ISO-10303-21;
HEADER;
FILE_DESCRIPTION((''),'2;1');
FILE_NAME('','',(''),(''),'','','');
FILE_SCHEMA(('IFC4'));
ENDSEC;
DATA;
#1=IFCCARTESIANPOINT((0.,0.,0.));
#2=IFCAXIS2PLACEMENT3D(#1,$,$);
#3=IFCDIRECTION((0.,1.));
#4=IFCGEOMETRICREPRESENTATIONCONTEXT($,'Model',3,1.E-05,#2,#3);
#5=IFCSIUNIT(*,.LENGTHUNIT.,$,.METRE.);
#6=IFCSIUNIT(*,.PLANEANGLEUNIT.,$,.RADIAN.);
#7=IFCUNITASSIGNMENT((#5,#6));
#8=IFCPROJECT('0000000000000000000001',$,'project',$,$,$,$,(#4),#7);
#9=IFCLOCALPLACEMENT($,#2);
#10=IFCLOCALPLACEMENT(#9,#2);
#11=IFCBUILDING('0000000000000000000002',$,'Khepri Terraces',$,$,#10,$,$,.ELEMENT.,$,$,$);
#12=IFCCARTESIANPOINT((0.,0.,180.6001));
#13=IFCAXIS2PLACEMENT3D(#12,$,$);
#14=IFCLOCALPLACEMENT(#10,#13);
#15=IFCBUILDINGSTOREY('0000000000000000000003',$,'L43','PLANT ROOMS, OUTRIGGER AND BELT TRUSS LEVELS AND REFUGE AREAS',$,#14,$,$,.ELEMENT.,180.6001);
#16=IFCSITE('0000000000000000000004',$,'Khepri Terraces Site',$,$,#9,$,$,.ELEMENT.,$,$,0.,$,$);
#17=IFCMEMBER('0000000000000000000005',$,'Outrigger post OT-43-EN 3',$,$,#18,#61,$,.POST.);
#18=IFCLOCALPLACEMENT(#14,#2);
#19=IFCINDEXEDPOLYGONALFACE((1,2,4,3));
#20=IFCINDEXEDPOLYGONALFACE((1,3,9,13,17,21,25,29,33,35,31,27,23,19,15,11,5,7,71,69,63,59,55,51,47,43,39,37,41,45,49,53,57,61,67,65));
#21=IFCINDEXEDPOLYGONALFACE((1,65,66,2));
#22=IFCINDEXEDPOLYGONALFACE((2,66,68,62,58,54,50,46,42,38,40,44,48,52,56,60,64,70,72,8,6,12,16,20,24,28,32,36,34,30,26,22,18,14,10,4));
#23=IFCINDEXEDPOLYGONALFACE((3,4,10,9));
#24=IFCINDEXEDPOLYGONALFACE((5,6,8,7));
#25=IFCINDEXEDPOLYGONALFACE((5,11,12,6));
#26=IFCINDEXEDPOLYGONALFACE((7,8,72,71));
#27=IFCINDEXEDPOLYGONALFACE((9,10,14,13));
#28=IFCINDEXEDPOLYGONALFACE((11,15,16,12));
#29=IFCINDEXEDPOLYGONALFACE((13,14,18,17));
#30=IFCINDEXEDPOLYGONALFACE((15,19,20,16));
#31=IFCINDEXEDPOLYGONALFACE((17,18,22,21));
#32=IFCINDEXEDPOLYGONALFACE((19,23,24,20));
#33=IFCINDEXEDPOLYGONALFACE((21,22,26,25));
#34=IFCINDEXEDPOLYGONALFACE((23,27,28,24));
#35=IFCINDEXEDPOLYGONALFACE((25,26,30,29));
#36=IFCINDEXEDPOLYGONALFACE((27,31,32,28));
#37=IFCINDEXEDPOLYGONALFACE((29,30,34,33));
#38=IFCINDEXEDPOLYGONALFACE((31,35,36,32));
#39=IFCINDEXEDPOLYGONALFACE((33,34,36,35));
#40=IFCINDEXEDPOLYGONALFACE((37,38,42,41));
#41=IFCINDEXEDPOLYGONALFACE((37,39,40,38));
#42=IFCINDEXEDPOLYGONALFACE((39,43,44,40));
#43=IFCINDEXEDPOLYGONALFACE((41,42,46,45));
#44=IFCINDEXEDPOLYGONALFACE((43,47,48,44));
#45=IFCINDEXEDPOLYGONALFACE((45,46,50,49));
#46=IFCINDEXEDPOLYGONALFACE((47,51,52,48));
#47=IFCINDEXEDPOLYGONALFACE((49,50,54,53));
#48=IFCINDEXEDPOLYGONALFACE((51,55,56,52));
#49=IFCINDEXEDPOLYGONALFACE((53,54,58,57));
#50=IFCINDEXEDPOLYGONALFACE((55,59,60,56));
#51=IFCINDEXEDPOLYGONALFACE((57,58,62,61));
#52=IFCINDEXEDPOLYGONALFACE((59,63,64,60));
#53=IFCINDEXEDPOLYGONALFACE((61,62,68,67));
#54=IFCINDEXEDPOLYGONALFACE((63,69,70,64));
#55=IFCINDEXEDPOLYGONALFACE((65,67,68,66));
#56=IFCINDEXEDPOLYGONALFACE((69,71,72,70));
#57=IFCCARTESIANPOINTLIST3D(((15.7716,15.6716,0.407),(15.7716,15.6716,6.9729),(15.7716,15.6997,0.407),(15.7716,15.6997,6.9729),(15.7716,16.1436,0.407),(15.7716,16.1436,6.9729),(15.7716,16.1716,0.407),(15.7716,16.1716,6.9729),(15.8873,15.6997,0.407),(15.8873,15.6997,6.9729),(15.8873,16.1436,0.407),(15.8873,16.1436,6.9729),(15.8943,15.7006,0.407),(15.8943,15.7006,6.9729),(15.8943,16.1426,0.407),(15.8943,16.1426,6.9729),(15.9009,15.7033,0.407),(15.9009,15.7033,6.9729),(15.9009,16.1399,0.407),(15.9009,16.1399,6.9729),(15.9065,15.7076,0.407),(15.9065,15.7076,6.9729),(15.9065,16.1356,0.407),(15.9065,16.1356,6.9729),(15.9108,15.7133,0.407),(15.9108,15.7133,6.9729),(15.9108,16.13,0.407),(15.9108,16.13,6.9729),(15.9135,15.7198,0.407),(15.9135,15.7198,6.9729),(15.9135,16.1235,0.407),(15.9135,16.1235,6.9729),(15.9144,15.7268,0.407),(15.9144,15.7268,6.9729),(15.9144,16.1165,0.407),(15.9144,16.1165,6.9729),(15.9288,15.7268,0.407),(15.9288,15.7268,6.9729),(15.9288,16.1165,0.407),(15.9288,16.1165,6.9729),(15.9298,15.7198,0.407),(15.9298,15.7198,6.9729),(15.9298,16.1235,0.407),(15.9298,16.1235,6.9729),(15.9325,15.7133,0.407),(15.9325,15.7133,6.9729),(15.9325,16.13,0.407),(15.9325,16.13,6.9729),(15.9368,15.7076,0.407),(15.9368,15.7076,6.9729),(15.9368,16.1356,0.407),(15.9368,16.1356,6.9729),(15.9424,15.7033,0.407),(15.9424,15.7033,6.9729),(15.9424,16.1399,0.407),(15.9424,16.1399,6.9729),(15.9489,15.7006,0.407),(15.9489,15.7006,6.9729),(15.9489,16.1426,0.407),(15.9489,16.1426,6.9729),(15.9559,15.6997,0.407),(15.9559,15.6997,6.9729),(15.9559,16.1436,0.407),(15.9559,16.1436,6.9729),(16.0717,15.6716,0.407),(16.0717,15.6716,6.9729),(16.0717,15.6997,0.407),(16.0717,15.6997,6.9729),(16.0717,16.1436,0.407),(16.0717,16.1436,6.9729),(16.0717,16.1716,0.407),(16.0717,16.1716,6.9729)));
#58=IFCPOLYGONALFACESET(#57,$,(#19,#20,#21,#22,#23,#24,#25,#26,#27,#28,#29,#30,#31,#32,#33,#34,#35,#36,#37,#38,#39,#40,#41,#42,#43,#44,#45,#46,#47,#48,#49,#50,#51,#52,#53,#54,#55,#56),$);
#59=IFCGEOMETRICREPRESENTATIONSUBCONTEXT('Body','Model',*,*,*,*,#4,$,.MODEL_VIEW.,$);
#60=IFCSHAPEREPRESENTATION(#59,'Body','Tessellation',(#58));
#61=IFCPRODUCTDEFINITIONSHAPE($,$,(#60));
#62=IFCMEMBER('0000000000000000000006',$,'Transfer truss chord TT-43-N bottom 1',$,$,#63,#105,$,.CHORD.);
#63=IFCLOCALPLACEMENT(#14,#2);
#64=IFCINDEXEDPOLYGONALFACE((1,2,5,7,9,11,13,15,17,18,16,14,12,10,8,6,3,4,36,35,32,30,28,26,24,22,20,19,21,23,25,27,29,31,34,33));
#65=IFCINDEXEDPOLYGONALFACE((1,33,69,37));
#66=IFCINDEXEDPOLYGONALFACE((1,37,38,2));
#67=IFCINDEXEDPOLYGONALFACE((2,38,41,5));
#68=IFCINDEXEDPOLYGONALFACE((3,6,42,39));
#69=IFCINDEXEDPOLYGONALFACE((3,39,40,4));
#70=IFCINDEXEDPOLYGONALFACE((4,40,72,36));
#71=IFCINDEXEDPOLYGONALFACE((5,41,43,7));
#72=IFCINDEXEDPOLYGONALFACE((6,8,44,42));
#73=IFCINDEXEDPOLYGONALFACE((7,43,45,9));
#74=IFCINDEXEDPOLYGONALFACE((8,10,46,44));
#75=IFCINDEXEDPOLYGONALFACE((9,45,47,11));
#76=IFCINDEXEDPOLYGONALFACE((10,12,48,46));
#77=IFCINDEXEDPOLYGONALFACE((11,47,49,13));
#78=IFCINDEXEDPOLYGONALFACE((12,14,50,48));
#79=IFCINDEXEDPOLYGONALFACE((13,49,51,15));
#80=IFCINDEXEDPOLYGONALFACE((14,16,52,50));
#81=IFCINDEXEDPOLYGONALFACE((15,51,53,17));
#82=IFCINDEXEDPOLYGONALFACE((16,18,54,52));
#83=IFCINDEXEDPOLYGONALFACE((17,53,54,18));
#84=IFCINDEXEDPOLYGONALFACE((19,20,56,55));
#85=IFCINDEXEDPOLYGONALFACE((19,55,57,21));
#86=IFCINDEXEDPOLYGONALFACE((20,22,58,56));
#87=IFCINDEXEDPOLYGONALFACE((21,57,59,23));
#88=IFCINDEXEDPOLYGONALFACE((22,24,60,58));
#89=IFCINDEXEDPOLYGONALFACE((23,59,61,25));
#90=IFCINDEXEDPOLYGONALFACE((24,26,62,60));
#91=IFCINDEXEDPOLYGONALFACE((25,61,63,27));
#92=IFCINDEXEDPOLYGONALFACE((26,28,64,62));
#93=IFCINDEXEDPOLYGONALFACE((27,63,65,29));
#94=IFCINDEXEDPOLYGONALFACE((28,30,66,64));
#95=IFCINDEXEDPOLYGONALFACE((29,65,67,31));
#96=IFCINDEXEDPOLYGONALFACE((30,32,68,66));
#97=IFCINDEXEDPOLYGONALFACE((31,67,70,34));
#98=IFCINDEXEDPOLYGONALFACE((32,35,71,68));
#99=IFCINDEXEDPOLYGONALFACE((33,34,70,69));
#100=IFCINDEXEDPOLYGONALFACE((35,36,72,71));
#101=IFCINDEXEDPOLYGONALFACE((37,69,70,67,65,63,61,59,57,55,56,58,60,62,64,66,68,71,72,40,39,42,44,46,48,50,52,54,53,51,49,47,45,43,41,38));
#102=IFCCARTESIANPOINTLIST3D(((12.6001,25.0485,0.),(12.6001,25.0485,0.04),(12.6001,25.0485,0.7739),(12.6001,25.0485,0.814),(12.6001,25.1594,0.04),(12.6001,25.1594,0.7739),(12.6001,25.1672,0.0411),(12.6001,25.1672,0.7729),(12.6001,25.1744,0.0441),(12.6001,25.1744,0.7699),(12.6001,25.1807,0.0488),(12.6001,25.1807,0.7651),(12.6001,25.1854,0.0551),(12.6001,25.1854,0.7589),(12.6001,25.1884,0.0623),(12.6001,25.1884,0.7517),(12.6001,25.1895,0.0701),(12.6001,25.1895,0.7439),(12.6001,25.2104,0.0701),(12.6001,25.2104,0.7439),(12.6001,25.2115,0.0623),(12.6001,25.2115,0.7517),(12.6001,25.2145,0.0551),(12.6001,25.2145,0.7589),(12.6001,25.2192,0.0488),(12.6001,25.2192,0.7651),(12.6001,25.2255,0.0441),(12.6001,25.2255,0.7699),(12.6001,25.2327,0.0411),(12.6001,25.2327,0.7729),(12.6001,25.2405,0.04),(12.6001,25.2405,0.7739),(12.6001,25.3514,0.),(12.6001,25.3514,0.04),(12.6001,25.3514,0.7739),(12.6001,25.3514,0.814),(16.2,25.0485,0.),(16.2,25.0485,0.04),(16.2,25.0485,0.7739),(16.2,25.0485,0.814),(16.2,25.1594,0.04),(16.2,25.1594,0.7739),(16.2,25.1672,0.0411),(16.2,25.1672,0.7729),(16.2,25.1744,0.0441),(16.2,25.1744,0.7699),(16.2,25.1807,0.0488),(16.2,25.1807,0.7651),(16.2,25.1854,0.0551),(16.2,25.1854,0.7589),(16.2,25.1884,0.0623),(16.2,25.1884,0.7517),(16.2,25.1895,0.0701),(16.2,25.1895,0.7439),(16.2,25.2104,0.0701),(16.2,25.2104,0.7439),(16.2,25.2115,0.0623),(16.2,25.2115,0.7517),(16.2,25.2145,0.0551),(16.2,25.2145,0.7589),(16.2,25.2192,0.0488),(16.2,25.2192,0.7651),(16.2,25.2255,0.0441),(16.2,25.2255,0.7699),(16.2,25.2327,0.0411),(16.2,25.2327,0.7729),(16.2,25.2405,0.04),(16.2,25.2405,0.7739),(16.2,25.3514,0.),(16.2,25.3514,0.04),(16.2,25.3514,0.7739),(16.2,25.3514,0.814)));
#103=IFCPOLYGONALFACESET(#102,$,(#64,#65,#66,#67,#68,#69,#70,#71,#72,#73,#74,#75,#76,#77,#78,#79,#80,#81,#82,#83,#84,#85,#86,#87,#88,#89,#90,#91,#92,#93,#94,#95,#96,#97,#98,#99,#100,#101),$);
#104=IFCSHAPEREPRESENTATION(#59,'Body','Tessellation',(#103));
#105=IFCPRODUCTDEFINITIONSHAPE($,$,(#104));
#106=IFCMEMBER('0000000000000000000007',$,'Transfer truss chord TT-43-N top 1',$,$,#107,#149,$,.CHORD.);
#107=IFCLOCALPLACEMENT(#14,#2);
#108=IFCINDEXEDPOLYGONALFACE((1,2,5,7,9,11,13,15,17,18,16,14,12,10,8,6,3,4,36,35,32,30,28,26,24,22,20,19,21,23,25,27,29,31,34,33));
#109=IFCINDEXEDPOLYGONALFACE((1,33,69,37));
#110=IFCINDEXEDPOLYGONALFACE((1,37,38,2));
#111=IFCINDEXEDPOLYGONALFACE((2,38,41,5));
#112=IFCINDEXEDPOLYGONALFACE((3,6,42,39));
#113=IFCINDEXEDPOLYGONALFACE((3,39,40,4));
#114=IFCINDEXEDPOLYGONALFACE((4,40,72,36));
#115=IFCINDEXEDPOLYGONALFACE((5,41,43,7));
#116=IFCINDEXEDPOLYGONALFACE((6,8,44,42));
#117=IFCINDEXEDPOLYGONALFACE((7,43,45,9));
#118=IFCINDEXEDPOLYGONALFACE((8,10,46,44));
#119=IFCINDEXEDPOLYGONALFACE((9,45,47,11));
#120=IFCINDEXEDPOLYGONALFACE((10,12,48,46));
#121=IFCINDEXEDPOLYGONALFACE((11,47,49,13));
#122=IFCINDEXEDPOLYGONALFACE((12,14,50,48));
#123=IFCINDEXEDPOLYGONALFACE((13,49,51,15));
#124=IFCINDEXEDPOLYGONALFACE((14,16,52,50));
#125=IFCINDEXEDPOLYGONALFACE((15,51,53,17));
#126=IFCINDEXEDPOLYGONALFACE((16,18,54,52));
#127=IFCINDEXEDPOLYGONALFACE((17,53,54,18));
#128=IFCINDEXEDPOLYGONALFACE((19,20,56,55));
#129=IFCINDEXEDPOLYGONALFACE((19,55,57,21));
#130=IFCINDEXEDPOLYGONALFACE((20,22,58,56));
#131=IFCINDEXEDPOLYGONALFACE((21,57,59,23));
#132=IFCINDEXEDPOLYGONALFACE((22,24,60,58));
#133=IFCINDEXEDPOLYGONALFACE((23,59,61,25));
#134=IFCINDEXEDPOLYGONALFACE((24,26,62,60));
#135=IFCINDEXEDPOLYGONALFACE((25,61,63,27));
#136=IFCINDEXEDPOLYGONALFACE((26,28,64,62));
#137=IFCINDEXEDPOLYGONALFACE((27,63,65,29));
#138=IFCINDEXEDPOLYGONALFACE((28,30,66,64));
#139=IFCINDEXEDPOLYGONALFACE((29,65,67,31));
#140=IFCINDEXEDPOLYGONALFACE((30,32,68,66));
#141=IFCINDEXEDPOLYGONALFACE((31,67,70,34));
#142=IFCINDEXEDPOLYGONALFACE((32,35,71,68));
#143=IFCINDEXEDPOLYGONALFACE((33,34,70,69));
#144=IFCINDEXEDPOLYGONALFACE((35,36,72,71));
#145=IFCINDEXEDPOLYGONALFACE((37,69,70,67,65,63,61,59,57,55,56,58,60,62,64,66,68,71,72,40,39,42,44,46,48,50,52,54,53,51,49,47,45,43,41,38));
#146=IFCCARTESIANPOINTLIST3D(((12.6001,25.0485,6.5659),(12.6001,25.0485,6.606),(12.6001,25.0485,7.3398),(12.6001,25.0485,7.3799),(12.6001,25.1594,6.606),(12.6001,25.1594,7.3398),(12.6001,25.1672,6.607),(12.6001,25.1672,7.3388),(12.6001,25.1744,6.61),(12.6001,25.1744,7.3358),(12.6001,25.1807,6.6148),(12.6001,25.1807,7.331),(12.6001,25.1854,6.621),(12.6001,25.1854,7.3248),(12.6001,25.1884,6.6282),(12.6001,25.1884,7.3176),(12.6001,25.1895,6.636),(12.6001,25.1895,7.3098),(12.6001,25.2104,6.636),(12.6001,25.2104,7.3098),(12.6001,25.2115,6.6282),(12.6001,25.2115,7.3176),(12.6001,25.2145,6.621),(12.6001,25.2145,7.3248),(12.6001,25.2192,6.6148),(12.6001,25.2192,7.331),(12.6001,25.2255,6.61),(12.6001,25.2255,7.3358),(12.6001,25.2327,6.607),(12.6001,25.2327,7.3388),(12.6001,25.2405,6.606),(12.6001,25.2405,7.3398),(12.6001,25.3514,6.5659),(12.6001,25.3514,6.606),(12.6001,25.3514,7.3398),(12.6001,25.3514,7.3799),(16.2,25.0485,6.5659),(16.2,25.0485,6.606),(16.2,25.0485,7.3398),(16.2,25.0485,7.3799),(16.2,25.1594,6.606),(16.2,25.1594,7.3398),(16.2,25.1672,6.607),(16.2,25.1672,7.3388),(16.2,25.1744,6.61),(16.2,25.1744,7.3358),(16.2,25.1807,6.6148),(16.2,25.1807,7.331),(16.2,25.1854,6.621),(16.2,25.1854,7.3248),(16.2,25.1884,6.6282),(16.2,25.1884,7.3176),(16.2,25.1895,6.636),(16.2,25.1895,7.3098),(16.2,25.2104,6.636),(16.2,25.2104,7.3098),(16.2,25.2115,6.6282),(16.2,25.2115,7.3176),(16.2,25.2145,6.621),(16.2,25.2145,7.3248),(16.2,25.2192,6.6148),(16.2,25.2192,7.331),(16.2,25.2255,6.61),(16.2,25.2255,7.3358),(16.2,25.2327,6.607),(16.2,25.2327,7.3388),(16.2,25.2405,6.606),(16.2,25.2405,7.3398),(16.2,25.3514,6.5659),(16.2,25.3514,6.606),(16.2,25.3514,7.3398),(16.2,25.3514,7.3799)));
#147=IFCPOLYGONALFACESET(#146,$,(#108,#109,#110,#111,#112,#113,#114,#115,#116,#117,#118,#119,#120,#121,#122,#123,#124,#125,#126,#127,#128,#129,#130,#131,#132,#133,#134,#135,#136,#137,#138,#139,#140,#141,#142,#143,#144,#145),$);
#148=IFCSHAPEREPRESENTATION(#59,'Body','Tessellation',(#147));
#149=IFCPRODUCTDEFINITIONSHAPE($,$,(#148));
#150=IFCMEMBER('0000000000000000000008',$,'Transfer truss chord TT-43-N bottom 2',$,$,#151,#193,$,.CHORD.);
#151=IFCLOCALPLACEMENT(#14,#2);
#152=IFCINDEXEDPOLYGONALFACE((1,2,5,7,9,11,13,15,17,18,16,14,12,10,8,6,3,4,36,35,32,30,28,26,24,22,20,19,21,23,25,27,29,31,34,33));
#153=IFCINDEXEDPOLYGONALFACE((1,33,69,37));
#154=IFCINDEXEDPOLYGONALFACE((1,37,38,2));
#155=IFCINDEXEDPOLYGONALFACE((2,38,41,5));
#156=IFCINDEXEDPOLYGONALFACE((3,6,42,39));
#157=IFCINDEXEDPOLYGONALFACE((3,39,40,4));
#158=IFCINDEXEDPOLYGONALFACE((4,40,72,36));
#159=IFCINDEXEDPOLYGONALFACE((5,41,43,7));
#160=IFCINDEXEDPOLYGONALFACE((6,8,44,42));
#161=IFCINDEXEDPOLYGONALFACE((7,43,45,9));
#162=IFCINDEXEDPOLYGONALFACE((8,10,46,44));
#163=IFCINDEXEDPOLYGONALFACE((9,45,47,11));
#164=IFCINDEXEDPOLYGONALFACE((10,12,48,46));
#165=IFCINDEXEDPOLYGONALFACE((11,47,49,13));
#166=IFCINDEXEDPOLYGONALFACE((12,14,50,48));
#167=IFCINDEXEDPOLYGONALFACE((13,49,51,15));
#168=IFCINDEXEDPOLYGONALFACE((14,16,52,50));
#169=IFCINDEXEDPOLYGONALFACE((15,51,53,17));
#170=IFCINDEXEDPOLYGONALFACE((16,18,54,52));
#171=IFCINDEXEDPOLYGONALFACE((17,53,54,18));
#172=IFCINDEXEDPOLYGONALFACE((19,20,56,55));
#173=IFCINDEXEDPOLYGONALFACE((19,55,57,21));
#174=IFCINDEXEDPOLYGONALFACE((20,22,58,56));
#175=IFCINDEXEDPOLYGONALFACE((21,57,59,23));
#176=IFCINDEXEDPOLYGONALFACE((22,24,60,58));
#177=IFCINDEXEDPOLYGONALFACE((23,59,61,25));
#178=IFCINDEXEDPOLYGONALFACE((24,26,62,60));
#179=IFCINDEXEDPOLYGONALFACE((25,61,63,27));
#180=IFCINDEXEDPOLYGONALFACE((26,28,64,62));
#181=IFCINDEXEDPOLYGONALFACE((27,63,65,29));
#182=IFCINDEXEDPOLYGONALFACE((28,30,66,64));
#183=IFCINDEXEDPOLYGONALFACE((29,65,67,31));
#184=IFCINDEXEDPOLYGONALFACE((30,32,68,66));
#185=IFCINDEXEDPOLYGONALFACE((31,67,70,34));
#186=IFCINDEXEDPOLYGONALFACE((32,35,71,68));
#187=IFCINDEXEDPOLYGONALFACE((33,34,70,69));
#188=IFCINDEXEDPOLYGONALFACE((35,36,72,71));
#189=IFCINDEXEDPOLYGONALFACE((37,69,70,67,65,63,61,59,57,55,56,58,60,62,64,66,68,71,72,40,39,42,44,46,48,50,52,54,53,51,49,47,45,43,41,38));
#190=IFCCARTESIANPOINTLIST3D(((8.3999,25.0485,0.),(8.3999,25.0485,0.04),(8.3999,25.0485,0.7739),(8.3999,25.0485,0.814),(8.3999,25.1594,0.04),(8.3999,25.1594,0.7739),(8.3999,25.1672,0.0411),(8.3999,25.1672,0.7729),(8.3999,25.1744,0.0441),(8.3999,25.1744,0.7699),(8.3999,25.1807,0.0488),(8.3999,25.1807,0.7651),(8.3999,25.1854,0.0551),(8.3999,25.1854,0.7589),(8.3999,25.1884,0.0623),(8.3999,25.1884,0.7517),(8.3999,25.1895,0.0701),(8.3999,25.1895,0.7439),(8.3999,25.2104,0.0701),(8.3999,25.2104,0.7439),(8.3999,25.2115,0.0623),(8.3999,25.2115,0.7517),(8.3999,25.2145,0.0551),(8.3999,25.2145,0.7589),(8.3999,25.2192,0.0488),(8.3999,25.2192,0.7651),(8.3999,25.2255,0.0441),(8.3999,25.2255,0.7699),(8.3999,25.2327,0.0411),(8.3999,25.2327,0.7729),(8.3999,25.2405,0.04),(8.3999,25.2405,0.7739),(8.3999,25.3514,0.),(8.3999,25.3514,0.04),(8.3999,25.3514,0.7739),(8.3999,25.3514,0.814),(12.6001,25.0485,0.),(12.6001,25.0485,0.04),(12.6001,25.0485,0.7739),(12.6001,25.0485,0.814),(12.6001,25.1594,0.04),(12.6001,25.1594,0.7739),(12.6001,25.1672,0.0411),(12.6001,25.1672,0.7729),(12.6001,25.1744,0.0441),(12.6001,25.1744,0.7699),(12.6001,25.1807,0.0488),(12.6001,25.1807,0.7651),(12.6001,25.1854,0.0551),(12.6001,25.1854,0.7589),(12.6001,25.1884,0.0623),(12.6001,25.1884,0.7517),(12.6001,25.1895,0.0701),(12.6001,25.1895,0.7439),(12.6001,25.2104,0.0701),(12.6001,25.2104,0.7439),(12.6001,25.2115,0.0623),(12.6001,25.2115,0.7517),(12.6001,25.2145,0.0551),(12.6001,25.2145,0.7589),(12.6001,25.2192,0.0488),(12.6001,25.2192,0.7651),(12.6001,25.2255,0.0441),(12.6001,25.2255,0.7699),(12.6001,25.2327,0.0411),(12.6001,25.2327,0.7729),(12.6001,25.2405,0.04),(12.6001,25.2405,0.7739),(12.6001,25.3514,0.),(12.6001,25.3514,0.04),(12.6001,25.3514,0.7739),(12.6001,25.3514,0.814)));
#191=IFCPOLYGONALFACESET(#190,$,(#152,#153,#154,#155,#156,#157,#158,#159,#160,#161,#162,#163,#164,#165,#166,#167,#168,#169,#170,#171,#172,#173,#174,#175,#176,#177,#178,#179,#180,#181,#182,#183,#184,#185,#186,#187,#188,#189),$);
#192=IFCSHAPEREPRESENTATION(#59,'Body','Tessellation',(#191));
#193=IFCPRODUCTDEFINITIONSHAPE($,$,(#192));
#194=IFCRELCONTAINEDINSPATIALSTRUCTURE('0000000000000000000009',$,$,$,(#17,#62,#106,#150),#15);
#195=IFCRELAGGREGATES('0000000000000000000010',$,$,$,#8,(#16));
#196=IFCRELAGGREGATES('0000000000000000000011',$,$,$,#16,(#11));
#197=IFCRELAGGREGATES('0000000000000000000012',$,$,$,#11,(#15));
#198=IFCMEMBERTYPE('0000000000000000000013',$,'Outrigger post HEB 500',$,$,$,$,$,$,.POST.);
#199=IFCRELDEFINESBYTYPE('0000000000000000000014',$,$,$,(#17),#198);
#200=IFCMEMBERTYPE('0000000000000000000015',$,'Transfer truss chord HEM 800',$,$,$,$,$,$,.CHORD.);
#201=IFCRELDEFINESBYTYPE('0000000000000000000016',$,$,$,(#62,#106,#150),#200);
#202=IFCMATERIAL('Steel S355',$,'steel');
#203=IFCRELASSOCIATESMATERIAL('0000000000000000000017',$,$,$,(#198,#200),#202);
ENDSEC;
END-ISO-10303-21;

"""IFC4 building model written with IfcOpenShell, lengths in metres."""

from ifc_helpers import new_model, si_unit, direction, frame, origin, origin_2d, place, context, subcontext, project, spatial, i_section, extrude, material, material_profile, profile_set, type_object, element, save


model = new_model("IFC4")

# Units and contexts
model_context = context("Model", 3, precision=1e-05, world=origin(), true_north=direction((0.0, 1.0)))
body_context = subcontext(model_context, "Body", "Model", "MODEL_VIEW")
ifc_project = project(units=[si_unit("LENGTHUNIT", "METRE"), si_unit("PLANEANGLEUNIT", "RADIAN")], contexts=[model_context])

# Site, building, storey
site_placement = place(None, origin())
site = spatial("IfcSite", under=ifc_project, at=site_placement, Name="Khepri Terraces Site", CompositionType="ELEMENT", RefElevation=0.0)
building_placement = place(site_placement, origin())
building = spatial("IfcBuilding", under=site, at=building_placement, Name="Khepri Terraces", CompositionType="ELEMENT")
storey_placement = place(building_placement, frame((0.0, 0.0, 180.6001)))
storey = spatial("IfcBuildingStorey", under=building, at=storey_placement, Name="L43", Description="PLANT ROOMS, OUTRIGGER AND BELT TRUSS LEVELS AND REFUGE AREAS", CompositionType="ELEMENT", Elevation=180.6001)

# Members
ifc_material_1 = material(Name="Steel S355", Category="steel")
ifc_material_profile_1 = material_profile(ifc_material_1, i_section(OverallWidth=0.3, OverallDepth=0.5, WebThickness=0.0144, FlangeThickness=0.0281, FilletRadius=0.0271, at=origin_2d()), Name="Steel S355", Category="steel")
ifc_profile_set_1 = profile_set([ifc_material_profile_1], Name="Steel S355")
member_type_1 = type_object("IfcMemberType", Name="Outrigger post HEB 500", PredefinedType="POST", material=ifc_profile_set_1)
member_1_placement = place(storey_placement, frame((15.9216, 15.9216, 0.407), z_axis=(0.0, 0.0, 1.0), x_axis=(1.0, 0.0, 0.0)))
element("IfcMember", 1, at=member_1_placement, inside=storey, type_object=member_type_1, Name="Outrigger post OT-43-EN 3", PredefinedType="POST", context=body_context, shape_type="SweptSolid", body=[
    extrude(i_section(OverallWidth=0.3, OverallDepth=0.5, WebThickness=0.0144, FlangeThickness=0.0281, FilletRadius=0.0271, at=origin_2d()), origin(), (0.0, 0.0, 1.0), 6.5659),
])
ifc_material_profile_2 = material_profile(ifc_material_1, i_section(OverallWidth=0.303, OverallDepth=0.814, WebThickness=0.021, FlangeThickness=0.04, FilletRadius=0.03, at=origin_2d()), Name="Steel S355", Category="steel")
ifc_profile_set_2 = profile_set([ifc_material_profile_2], Name="Steel S355")
member_type_2 = type_object("IfcMemberType", Name="Transfer truss chord HEM 800", PredefinedType="CHORD", material=ifc_profile_set_2)
for number, where, z_axis, x_axis, name in (
    (2, (16.2, 25.2, 0.407), (-1.0, 0.0, 0.0), (0.0, -1.0, 0.0), "Transfer truss chord TT-43-N bottom 1"),
    (3, (16.2, 25.2, 6.9729), (-1.0, 0.0, 0.0), (0.0, -1.0, 0.0), "Transfer truss chord TT-43-N top 1"),
):
    element("IfcMember", number, at=place(storey_placement, frame(where, z_axis=z_axis, x_axis=x_axis)), inside=storey, type_object=member_type_2, Name=name, PredefinedType="CHORD", context=body_context, shape_type="SweptSolid", body=[
        extrude(i_section(OverallWidth=0.303, OverallDepth=0.814, WebThickness=0.021, FlangeThickness=0.04, FilletRadius=0.03, at=origin_2d()), origin(), (0.0, 0.0, 1.0), 3.5999),
    ])
for number, where, z_axis, x_axis, name in (
    (4, (12.6001, 25.2, 0.407), (-1.0, 0.0, 0.0), (0.0, -1.0, 0.0), "Transfer truss chord TT-43-N bottom 2"),
):
    element("IfcMember", number, at=place(storey_placement, frame(where, z_axis=z_axis, x_axis=x_axis)), inside=storey, type_object=member_type_2, Name=name, PredefinedType="CHORD", context=body_context, shape_type="SweptSolid", body=[
        extrude(i_section(OverallWidth=0.303, OverallDepth=0.814, WebThickness=0.021, FlangeThickness=0.04, FilletRadius=0.03, at=origin_2d()), origin(), (0.0, 0.0, 1.0), 4.2002),
    ])

save(model, "model.ifc")
